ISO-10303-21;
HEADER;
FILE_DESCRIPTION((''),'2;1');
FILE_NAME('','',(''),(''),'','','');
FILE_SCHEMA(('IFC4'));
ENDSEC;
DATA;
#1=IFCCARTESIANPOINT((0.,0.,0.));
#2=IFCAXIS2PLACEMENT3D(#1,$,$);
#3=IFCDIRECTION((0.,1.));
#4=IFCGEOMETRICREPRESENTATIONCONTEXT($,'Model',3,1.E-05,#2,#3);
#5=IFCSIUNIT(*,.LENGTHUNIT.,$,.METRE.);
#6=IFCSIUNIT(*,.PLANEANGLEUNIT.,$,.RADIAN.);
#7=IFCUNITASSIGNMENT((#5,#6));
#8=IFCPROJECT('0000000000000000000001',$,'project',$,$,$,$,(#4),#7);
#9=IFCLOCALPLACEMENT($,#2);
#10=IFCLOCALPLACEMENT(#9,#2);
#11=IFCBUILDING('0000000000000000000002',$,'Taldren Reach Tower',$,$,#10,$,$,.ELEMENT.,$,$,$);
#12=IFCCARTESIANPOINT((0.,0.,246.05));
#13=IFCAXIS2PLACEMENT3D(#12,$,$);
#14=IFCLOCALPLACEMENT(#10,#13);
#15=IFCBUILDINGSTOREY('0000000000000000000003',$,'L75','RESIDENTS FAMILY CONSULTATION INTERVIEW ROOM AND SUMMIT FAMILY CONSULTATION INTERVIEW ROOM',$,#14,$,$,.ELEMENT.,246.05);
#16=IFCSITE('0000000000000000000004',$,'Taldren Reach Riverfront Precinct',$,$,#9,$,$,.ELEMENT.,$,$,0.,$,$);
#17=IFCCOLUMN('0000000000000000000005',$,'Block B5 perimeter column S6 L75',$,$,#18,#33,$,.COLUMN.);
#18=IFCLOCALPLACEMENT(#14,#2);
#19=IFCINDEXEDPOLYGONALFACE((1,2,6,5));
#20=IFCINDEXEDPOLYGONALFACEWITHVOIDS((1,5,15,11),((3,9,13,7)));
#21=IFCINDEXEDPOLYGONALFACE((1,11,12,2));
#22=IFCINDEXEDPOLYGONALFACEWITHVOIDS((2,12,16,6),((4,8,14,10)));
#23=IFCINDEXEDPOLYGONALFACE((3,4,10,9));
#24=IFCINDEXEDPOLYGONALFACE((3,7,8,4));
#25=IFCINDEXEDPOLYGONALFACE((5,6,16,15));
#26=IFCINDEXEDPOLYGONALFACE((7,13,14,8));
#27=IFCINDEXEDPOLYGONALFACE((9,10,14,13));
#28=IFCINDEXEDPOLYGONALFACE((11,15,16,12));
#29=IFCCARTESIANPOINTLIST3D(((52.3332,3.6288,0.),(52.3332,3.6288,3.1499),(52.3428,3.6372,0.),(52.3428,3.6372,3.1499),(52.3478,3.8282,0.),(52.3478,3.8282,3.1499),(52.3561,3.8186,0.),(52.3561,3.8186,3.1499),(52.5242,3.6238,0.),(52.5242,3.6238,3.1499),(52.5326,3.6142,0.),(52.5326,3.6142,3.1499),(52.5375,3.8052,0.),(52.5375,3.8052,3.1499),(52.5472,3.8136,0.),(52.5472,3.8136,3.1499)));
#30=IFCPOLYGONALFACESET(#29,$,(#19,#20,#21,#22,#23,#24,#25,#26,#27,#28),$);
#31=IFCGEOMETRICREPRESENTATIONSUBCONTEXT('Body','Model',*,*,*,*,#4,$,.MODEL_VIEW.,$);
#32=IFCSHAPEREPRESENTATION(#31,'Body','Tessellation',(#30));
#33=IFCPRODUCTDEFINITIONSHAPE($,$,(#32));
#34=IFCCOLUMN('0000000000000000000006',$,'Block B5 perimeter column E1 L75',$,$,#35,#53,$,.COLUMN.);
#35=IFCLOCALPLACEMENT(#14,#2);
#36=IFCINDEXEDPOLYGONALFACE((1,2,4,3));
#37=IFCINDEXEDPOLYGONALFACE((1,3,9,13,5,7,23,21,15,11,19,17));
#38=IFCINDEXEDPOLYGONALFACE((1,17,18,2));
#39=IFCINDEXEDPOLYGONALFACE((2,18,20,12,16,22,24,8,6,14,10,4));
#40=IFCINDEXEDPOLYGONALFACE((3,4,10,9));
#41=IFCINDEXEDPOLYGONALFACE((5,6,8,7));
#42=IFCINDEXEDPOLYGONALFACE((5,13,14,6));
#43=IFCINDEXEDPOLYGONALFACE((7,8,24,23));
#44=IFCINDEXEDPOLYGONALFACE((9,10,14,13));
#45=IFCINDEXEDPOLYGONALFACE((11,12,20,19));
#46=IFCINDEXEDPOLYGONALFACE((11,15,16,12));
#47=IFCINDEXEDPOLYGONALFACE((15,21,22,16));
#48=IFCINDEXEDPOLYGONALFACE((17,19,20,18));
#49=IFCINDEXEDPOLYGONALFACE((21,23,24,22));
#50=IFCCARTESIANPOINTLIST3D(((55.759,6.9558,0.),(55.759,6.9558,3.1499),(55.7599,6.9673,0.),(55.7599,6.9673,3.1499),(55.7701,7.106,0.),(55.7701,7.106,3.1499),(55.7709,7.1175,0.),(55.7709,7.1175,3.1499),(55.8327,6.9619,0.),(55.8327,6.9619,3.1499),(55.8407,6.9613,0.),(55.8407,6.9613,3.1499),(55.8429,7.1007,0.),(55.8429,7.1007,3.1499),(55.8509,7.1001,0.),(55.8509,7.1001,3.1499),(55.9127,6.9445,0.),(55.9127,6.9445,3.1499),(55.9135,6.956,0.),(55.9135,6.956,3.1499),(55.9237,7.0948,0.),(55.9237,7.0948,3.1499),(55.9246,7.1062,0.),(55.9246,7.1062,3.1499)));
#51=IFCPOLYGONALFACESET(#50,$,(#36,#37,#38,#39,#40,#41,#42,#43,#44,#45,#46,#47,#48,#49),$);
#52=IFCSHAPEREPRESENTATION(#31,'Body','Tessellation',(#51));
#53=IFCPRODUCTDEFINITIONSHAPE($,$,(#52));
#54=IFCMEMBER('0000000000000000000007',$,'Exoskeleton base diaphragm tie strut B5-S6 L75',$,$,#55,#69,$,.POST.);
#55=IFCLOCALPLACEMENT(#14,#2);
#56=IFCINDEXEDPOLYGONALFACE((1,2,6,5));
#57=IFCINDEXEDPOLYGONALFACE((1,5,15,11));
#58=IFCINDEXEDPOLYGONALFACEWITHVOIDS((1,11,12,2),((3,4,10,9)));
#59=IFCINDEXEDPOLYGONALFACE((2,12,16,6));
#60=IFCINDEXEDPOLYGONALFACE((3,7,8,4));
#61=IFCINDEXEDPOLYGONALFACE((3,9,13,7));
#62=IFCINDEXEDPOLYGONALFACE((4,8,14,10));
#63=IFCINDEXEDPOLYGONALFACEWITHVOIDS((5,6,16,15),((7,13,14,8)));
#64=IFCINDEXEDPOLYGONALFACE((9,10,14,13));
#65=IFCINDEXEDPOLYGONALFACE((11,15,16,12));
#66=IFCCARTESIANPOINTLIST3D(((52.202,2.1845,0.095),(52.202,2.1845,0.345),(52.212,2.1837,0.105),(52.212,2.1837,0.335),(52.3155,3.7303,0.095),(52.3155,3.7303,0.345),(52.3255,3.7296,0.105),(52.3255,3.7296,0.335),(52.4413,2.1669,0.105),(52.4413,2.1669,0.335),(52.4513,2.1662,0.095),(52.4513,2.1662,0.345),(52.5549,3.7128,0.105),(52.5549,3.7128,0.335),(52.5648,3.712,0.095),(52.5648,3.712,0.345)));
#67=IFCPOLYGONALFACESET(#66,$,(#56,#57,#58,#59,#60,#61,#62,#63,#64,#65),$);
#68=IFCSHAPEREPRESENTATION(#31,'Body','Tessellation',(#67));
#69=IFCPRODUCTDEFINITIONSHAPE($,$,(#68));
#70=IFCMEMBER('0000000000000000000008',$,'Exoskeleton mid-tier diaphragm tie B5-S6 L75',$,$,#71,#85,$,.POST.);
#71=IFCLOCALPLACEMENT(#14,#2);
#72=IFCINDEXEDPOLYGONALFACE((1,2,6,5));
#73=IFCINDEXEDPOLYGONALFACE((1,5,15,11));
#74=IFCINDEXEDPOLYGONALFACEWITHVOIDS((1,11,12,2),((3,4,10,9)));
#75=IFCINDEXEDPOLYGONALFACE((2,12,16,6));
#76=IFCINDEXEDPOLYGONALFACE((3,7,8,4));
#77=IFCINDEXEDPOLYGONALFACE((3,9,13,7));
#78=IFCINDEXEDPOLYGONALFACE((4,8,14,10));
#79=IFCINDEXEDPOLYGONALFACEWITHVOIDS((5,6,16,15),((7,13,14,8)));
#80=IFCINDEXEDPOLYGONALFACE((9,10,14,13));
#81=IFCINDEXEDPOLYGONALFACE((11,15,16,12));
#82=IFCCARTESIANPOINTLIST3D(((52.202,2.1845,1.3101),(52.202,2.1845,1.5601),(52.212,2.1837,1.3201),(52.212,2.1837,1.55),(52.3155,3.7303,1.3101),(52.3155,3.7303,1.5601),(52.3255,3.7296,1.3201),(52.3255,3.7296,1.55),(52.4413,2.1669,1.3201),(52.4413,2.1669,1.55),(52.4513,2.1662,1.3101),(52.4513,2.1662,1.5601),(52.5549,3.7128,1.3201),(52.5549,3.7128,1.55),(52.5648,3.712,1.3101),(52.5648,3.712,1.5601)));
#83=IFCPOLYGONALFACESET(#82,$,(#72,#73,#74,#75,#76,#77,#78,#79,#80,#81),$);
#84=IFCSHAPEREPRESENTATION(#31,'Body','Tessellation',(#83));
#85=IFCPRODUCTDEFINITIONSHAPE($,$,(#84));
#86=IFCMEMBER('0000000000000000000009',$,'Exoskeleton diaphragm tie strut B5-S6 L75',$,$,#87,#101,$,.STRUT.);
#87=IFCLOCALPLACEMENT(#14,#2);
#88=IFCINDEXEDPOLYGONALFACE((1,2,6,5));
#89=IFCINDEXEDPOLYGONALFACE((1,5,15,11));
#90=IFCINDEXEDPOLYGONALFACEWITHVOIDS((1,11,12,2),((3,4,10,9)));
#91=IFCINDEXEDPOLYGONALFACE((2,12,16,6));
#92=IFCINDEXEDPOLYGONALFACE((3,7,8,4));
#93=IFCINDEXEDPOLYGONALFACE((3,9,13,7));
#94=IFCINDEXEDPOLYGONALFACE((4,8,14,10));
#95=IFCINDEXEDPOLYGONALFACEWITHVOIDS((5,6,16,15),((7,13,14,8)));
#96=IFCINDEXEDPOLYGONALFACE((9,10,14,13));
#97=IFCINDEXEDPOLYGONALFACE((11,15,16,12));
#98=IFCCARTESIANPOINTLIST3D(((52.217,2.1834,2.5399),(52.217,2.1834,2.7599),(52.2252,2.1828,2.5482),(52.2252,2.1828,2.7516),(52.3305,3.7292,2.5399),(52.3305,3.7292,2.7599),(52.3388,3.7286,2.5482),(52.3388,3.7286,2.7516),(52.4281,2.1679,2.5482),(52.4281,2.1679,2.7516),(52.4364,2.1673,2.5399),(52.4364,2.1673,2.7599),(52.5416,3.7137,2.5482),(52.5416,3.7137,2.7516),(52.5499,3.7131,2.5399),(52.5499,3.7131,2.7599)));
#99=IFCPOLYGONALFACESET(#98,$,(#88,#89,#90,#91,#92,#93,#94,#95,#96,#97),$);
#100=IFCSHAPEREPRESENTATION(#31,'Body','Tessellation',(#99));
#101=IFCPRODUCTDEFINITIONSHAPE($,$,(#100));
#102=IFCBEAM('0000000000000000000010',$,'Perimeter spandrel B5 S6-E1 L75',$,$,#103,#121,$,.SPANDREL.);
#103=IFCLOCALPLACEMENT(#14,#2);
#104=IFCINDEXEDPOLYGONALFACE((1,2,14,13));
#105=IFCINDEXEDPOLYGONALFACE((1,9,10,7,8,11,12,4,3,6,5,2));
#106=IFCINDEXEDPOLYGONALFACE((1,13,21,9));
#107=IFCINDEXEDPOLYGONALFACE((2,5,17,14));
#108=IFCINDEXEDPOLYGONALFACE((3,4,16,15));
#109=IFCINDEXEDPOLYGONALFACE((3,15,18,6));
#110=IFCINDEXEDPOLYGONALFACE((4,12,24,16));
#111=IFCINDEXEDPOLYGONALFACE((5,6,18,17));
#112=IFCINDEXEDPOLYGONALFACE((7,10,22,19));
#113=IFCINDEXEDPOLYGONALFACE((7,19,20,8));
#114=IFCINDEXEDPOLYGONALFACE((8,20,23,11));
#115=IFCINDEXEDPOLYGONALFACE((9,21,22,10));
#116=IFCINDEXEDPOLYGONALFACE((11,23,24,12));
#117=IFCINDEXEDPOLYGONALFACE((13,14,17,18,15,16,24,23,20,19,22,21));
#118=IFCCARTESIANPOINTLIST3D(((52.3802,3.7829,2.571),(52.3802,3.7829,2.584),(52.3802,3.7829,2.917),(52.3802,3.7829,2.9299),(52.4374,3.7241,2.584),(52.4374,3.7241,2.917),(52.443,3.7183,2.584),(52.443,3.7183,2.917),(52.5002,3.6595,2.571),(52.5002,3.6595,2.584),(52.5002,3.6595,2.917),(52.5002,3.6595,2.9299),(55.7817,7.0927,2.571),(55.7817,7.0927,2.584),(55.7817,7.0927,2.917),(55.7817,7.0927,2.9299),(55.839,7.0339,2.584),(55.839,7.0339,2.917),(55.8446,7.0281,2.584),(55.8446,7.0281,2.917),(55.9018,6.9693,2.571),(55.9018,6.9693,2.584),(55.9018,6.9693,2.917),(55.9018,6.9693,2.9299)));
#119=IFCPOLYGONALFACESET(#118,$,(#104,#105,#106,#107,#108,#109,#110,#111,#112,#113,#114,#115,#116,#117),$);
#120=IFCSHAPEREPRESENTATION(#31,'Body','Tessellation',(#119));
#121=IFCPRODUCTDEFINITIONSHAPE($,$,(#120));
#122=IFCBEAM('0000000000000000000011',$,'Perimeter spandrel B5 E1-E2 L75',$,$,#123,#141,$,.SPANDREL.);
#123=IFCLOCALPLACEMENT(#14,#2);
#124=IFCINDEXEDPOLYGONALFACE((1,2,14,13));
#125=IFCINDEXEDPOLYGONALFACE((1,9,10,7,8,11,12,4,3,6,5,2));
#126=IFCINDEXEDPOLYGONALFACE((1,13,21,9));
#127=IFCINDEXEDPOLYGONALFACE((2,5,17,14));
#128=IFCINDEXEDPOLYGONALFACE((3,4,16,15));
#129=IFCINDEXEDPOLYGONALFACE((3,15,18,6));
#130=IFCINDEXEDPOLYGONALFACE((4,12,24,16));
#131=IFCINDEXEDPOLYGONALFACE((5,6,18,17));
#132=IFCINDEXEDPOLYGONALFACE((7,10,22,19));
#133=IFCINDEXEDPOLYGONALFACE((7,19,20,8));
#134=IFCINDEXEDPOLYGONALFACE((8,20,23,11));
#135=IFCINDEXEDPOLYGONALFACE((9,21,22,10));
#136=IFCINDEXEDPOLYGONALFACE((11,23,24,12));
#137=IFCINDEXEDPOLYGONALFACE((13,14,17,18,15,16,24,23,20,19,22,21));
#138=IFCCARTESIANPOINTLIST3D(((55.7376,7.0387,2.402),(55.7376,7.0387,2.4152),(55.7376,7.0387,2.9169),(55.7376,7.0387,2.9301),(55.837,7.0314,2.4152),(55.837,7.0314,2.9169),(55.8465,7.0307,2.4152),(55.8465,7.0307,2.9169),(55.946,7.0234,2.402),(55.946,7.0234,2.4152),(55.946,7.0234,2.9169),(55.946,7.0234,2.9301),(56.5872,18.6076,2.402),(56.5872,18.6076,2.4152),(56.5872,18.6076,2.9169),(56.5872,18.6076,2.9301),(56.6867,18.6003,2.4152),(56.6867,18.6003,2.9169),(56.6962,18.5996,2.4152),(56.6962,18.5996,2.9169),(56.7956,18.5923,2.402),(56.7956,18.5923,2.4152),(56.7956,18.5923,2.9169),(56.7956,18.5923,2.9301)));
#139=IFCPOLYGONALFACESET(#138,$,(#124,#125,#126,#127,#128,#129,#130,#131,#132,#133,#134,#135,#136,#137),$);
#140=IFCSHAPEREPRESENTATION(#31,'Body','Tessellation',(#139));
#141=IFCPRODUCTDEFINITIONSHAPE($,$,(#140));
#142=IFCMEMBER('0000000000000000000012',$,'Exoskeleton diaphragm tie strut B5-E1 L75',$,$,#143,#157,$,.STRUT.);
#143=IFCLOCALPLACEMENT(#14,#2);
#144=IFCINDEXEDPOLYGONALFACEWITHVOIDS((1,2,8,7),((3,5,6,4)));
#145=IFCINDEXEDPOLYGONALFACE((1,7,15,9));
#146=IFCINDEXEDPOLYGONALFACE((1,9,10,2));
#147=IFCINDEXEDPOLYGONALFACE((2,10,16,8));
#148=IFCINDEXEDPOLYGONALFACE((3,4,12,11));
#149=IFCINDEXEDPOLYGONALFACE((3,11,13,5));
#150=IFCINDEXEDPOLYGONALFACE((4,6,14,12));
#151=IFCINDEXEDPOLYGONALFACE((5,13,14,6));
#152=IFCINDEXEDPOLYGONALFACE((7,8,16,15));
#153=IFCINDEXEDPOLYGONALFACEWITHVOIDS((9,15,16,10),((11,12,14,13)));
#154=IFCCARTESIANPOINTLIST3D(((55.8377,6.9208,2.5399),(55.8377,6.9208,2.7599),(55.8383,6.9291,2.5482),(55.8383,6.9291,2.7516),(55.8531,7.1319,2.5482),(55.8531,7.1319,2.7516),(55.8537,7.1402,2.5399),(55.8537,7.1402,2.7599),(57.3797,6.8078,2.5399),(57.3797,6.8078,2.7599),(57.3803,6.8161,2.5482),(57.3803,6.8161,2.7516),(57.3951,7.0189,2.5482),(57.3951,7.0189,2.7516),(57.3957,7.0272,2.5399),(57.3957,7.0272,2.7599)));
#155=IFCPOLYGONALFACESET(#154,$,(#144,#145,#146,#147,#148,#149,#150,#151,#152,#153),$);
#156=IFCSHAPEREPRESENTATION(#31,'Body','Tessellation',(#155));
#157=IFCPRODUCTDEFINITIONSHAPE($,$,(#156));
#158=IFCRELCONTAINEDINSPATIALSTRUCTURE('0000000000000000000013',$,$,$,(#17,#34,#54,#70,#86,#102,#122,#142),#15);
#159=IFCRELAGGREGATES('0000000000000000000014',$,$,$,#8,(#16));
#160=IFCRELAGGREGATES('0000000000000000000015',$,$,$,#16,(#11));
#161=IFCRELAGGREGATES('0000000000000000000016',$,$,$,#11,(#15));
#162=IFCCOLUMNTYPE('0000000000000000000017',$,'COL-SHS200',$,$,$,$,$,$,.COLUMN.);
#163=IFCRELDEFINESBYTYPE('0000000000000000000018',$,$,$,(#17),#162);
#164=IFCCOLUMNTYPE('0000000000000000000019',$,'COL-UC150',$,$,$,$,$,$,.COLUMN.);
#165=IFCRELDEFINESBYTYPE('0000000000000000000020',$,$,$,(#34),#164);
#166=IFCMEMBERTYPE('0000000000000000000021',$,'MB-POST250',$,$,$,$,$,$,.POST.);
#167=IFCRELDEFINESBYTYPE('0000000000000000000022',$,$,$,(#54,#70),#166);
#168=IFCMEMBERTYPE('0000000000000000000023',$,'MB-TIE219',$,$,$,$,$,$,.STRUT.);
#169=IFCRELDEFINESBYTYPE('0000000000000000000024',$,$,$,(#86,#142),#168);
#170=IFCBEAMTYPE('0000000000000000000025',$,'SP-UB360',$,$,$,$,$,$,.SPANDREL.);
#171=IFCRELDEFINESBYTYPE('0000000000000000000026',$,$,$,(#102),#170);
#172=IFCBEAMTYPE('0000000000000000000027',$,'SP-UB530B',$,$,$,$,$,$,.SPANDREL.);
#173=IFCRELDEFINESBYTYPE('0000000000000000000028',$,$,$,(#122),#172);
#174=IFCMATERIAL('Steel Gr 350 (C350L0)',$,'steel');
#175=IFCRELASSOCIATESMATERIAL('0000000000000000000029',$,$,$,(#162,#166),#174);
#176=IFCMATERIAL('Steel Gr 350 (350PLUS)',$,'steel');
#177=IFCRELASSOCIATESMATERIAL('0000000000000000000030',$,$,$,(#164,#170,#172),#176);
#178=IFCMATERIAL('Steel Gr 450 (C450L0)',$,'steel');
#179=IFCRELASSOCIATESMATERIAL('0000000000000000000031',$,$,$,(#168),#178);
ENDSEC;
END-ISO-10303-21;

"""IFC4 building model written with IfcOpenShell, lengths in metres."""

from ifc_helpers import new_model, si_unit, direction, frame, origin, origin_2d, place, context, subcontext, project, spatial, hollow_rectangle, i_section, extrude, source, transform, mapped, material, material_profile, profile_set, type_object, element, save


model = new_model("IFC4")

# Units and contexts
model_context = context("Model", 3, precision=1e-05, world=origin(), true_north=direction((0.0, 1.0)))
body_context = subcontext(model_context, "Body", "Model", "MODEL_VIEW")
ifc_project = project(units=[si_unit("LENGTHUNIT", "METRE"), si_unit("PLANEANGLEUNIT", "RADIAN")], contexts=[model_context])

# Site, building, storey
site_placement = place(None, origin())
site = spatial("IfcSite", under=ifc_project, at=site_placement, Name="Taldren Reach Riverfront Precinct", CompositionType="ELEMENT", RefElevation=0.0)
building_placement = place(site_placement, origin())
building = spatial("IfcBuilding", under=site, at=building_placement, Name="Taldren Reach Tower", CompositionType="ELEMENT")
storey_placement = place(building_placement, frame((0.0, 0.0, 246.05)))
storey = spatial("IfcBuildingStorey", under=building, at=storey_placement, Name="L75", Description="RESIDENTS FAMILY CONSULTATION INTERVIEW ROOM AND SUMMIT FAMILY CONSULTATION INTERVIEW ROOM", CompositionType="ELEMENT", Elevation=246.05)

# Columns
ifc_material_1 = material(Name="Steel Gr 350 (C350L0)", Category="steel")
ifc_material_profile_1 = material_profile(ifc_material_1, hollow_rectangle(XDim=0.2, YDim=0.2, WallThickness=0.009, at=origin_2d()), Name="200x200x9.0SHS")
ifc_profile_set_1 = profile_set([ifc_material_profile_1], Name="Steel Gr 350 (C350L0)")
column_type_1 = type_object("IfcColumnType", Name="COL-SHS200", PredefinedType="COLUMN", material=ifc_profile_set_1)
shared_shape_1 = source(origin(), body_context, "Body", "SweptSolid", [
    extrude(hollow_rectangle(XDim=0.2, YDim=0.2, WallThickness=0.009, at=origin_2d()), origin(), (0.0, 0.0, 1.0), 3.1499),
])
column_1_placement = place(storey_placement, frame((52.4402, 3.7212, 0.0), z_axis=(0.0, 0.0, 1.0), x_axis=(0.997314, -0.073238, 0.0)))
element("IfcColumn", 1, at=column_1_placement, inside=storey, type_object=column_type_1, Name="Block B5 perimeter column S6 L75", PredefinedType="COLUMN", context=body_context, shape_type="MappedRepresentation", body=[
    mapped(shared_shape_1, transform((0.0, 0.0, 0.0), scale=1.0)),
])
ifc_material_2 = material(Name="Steel Gr 350 (350PLUS)", Category="steel")
ifc_material_profile_2 = material_profile(ifc_material_2, i_section(OverallWidth=0.1541, OverallDepth=0.1621, WebThickness=0.0081, FlangeThickness=0.0115, at=origin_2d()), Name="150UC37.2")
ifc_profile_set_2 = profile_set([ifc_material_profile_2], Name="Steel Gr 350 (350PLUS)")
column_type_2 = type_object("IfcColumnType", Name="COL-UC150", PredefinedType="COLUMN", material=ifc_profile_set_2)
shared_shape_2 = source(origin(), body_context, "Body", "SweptSolid", [
    extrude(i_section(OverallWidth=0.1541, OverallDepth=0.1621, WebThickness=0.0081, FlangeThickness=0.0115, at=origin_2d()), origin(), (0.0, 0.0, 1.0), 3.1499),
])
column_2_placement = place(storey_placement, frame((55.8418, 7.031, 0.0), z_axis=(0.0, 0.0, 1.0), x_axis=(0.997314, -0.073238, 0.0)))
element("IfcColumn", 2, at=column_2_placement, inside=storey, type_object=column_type_2, Name="Block B5 perimeter column E1 L75", PredefinedType="COLUMN", context=body_context, shape_type="MappedRepresentation", body=[
    mapped(shared_shape_2, transform((0.0, 0.0, 0.0), scale=1.0)),
])

# Members
ifc_material_profile_3 = material_profile(ifc_material_1, hollow_rectangle(XDim=0.25, YDim=0.25, WallThickness=0.01, at=origin_2d()), Name="250x250x10.0SHS")
ifc_profile_set_3 = profile_set([ifc_material_profile_3], Name="Steel Gr 350 (C350L0)")
member_type_1 = type_object("IfcMemberType", Name="MB-POST250", PredefinedType="POST", material=ifc_profile_set_3)
shared_shape_3 = source(origin(), body_context, "Body", "SweptSolid", [
    extrude(hollow_rectangle(XDim=0.25, YDim=0.25, WallThickness=0.01, at=origin_2d()), origin(), (0.0, 0.0, 1.0), 1.55),
])
for number, where, z_axis, x_axis, name in (
    (3, (52.4402, 3.7212, 0.22), (-0.073239, -0.997314, 0.0), (0.997314, -0.073239, 0.0), "Exoskeleton base diaphragm tie strut B5-S6 L75"),
    (4, (52.4402, 3.7212, 1.4351), (-0.073239, -0.997314, 0.0), (0.997314, -0.073239, 0.0), "Exoskeleton mid-tier diaphragm tie B5-S6 L75"),
):
    element("IfcMember", number, at=place(storey_placement, frame(where, z_axis=z_axis, x_axis=x_axis)), inside=storey, type_object=member_type_1, Name=name, PredefinedType="POST", context=body_context, shape_type="MappedRepresentation", body=[
        mapped(shared_shape_3, transform((0.0, 0.0, 0.0), scale=1.0)),
    ])
ifc_material_3 = material(Name="Steel Gr 450 (C450L0)", Category="steel")
ifc_material_profile_4 = material_profile(ifc_material_3, hollow_rectangle(XDim=0.22, YDim=0.22, WallThickness=0.0083, at=origin_2d()), Name="220x220x8.2SHS")
ifc_profile_set_4 = profile_set([ifc_material_profile_4], Name="Steel Gr 450 (C450L0)")
member_type_2 = type_object("IfcMemberType", Name="MB-TIE219", PredefinedType="STRUT", material=ifc_profile_set_4)
shared_shape_4 = source(origin(), body_context, "Body", "SweptSolid", [
    extrude(hollow_rectangle(XDim=0.22, YDim=0.22, WallThickness=0.0083, at=origin_2d()), origin(), (0.0, 0.0, 1.0), 1.55),
])
member_1_placement = place(storey_placement, frame((52.4402, 3.7212, 2.6499), z_axis=(-0.073239, -0.997314, 0.0), x_axis=(0.997314, -0.073239, 0.0)))
element("IfcMember", 5, at=member_1_placement, inside=storey, type_object=member_type_2, Name="Exoskeleton diaphragm tie strut B5-S6 L75", PredefinedType="STRUT", context=body_context, shape_type="MappedRepresentation", body=[
    mapped(shared_shape_4, transform((0.0, 0.0, 0.0), scale=1.0)),
])

# Beams
ifc_material_profile_5 = material_profile(ifc_material_2, i_section(OverallWidth=0.1721, OverallDepth=0.3589, WebThickness=0.0081, FlangeThickness=0.0129, at=origin_2d()), Name="360UB56.7")
ifc_profile_set_5 = profile_set([ifc_material_profile_5], Name="Steel Gr 350 (350PLUS)")
beam_type_1 = type_object("IfcBeamType", Name="SP-UB360", PredefinedType="SPANDREL", material=ifc_profile_set_5)
shared_shape_5 = source(origin(), body_context, "Body", "SweptSolid", [
    extrude(i_section(OverallWidth=0.1721, OverallDepth=0.3589, WebThickness=0.0081, FlangeThickness=0.0129, at=origin_2d()), origin(), (0.0, 0.0, 1.0), 4.7461),
])
beam_1_placement = place(storey_placement, frame((52.4402, 3.7212, 2.7505), z_axis=(0.716711, 0.69737, 0.0), x_axis=(-0.69737, 0.716711, 0.0)))
element("IfcBeam", 6, at=beam_1_placement, inside=storey, type_object=beam_type_1, Name="Perimeter spandrel B5 S6-E1 L75", PredefinedType="SPANDREL", context=body_context, shape_type="MappedRepresentation", body=[
    mapped(shared_shape_5, transform((0.0, 0.0, 0.0), scale=1.0)),
])
ifc_material_profile_6 = material_profile(ifc_material_2, i_section(OverallWidth=0.209, OverallDepth=0.5281, WebThickness=0.0095, FlangeThickness=0.0132, at=origin_2d()), Name="530UB82.0")
ifc_profile_set_6 = profile_set([ifc_material_profile_6], Name="Steel Gr 350 (350PLUS)")
beam_type_2 = type_object("IfcBeamType", Name="SP-UB530B", PredefinedType="SPANDREL", material=ifc_profile_set_6)
shared_shape_6 = source(origin(), body_context, "Body", "SweptSolid", [
    extrude(i_section(OverallWidth=0.209, OverallDepth=0.5281, WebThickness=0.0095, FlangeThickness=0.0132, at=origin_2d()), origin(), (0.0, 0.0, 1.0), 11.6001),
])
beam_2_placement = place(storey_placement, frame((55.8418, 7.031, 2.666), z_axis=(0.073242, 0.997314, 0.0), x_axis=(-0.997314, 0.073242, 0.0)))
element("IfcBeam", 7, at=beam_2_placement, inside=storey, type_object=beam_type_2, Name="Perimeter spandrel B5 E1-E2 L75", PredefinedType="SPANDREL", context=body_context, shape_type="MappedRepresentation", body=[
    mapped(shared_shape_6, transform((0.0, 0.0, 0.0), scale=1.0)),
])

# Member
shared_shape_7 = source(origin(), body_context, "Body", "SweptSolid", [
    extrude(hollow_rectangle(XDim=0.22, YDim=0.22, WallThickness=0.0083, at=origin_2d()), origin(), (0.0, 0.0, 1.0), 1.5461),
])
member_2_placement = place(storey_placement, frame((55.8457, 7.0305, 2.6499), z_axis=(0.997324, -0.07311, 0.0), x_axis=(0.07311, 0.997324, 0.0)))
element("IfcMember", 8, at=member_2_placement, inside=storey, type_object=member_type_2, Name="Exoskeleton diaphragm tie strut B5-E1 L75", PredefinedType="STRUT", context=body_context, shape_type="MappedRepresentation", body=[
    mapped(shared_shape_7, transform((0.0, 0.0, 0.0), scale=1.0)),
])

save(model, "model.ifc")
